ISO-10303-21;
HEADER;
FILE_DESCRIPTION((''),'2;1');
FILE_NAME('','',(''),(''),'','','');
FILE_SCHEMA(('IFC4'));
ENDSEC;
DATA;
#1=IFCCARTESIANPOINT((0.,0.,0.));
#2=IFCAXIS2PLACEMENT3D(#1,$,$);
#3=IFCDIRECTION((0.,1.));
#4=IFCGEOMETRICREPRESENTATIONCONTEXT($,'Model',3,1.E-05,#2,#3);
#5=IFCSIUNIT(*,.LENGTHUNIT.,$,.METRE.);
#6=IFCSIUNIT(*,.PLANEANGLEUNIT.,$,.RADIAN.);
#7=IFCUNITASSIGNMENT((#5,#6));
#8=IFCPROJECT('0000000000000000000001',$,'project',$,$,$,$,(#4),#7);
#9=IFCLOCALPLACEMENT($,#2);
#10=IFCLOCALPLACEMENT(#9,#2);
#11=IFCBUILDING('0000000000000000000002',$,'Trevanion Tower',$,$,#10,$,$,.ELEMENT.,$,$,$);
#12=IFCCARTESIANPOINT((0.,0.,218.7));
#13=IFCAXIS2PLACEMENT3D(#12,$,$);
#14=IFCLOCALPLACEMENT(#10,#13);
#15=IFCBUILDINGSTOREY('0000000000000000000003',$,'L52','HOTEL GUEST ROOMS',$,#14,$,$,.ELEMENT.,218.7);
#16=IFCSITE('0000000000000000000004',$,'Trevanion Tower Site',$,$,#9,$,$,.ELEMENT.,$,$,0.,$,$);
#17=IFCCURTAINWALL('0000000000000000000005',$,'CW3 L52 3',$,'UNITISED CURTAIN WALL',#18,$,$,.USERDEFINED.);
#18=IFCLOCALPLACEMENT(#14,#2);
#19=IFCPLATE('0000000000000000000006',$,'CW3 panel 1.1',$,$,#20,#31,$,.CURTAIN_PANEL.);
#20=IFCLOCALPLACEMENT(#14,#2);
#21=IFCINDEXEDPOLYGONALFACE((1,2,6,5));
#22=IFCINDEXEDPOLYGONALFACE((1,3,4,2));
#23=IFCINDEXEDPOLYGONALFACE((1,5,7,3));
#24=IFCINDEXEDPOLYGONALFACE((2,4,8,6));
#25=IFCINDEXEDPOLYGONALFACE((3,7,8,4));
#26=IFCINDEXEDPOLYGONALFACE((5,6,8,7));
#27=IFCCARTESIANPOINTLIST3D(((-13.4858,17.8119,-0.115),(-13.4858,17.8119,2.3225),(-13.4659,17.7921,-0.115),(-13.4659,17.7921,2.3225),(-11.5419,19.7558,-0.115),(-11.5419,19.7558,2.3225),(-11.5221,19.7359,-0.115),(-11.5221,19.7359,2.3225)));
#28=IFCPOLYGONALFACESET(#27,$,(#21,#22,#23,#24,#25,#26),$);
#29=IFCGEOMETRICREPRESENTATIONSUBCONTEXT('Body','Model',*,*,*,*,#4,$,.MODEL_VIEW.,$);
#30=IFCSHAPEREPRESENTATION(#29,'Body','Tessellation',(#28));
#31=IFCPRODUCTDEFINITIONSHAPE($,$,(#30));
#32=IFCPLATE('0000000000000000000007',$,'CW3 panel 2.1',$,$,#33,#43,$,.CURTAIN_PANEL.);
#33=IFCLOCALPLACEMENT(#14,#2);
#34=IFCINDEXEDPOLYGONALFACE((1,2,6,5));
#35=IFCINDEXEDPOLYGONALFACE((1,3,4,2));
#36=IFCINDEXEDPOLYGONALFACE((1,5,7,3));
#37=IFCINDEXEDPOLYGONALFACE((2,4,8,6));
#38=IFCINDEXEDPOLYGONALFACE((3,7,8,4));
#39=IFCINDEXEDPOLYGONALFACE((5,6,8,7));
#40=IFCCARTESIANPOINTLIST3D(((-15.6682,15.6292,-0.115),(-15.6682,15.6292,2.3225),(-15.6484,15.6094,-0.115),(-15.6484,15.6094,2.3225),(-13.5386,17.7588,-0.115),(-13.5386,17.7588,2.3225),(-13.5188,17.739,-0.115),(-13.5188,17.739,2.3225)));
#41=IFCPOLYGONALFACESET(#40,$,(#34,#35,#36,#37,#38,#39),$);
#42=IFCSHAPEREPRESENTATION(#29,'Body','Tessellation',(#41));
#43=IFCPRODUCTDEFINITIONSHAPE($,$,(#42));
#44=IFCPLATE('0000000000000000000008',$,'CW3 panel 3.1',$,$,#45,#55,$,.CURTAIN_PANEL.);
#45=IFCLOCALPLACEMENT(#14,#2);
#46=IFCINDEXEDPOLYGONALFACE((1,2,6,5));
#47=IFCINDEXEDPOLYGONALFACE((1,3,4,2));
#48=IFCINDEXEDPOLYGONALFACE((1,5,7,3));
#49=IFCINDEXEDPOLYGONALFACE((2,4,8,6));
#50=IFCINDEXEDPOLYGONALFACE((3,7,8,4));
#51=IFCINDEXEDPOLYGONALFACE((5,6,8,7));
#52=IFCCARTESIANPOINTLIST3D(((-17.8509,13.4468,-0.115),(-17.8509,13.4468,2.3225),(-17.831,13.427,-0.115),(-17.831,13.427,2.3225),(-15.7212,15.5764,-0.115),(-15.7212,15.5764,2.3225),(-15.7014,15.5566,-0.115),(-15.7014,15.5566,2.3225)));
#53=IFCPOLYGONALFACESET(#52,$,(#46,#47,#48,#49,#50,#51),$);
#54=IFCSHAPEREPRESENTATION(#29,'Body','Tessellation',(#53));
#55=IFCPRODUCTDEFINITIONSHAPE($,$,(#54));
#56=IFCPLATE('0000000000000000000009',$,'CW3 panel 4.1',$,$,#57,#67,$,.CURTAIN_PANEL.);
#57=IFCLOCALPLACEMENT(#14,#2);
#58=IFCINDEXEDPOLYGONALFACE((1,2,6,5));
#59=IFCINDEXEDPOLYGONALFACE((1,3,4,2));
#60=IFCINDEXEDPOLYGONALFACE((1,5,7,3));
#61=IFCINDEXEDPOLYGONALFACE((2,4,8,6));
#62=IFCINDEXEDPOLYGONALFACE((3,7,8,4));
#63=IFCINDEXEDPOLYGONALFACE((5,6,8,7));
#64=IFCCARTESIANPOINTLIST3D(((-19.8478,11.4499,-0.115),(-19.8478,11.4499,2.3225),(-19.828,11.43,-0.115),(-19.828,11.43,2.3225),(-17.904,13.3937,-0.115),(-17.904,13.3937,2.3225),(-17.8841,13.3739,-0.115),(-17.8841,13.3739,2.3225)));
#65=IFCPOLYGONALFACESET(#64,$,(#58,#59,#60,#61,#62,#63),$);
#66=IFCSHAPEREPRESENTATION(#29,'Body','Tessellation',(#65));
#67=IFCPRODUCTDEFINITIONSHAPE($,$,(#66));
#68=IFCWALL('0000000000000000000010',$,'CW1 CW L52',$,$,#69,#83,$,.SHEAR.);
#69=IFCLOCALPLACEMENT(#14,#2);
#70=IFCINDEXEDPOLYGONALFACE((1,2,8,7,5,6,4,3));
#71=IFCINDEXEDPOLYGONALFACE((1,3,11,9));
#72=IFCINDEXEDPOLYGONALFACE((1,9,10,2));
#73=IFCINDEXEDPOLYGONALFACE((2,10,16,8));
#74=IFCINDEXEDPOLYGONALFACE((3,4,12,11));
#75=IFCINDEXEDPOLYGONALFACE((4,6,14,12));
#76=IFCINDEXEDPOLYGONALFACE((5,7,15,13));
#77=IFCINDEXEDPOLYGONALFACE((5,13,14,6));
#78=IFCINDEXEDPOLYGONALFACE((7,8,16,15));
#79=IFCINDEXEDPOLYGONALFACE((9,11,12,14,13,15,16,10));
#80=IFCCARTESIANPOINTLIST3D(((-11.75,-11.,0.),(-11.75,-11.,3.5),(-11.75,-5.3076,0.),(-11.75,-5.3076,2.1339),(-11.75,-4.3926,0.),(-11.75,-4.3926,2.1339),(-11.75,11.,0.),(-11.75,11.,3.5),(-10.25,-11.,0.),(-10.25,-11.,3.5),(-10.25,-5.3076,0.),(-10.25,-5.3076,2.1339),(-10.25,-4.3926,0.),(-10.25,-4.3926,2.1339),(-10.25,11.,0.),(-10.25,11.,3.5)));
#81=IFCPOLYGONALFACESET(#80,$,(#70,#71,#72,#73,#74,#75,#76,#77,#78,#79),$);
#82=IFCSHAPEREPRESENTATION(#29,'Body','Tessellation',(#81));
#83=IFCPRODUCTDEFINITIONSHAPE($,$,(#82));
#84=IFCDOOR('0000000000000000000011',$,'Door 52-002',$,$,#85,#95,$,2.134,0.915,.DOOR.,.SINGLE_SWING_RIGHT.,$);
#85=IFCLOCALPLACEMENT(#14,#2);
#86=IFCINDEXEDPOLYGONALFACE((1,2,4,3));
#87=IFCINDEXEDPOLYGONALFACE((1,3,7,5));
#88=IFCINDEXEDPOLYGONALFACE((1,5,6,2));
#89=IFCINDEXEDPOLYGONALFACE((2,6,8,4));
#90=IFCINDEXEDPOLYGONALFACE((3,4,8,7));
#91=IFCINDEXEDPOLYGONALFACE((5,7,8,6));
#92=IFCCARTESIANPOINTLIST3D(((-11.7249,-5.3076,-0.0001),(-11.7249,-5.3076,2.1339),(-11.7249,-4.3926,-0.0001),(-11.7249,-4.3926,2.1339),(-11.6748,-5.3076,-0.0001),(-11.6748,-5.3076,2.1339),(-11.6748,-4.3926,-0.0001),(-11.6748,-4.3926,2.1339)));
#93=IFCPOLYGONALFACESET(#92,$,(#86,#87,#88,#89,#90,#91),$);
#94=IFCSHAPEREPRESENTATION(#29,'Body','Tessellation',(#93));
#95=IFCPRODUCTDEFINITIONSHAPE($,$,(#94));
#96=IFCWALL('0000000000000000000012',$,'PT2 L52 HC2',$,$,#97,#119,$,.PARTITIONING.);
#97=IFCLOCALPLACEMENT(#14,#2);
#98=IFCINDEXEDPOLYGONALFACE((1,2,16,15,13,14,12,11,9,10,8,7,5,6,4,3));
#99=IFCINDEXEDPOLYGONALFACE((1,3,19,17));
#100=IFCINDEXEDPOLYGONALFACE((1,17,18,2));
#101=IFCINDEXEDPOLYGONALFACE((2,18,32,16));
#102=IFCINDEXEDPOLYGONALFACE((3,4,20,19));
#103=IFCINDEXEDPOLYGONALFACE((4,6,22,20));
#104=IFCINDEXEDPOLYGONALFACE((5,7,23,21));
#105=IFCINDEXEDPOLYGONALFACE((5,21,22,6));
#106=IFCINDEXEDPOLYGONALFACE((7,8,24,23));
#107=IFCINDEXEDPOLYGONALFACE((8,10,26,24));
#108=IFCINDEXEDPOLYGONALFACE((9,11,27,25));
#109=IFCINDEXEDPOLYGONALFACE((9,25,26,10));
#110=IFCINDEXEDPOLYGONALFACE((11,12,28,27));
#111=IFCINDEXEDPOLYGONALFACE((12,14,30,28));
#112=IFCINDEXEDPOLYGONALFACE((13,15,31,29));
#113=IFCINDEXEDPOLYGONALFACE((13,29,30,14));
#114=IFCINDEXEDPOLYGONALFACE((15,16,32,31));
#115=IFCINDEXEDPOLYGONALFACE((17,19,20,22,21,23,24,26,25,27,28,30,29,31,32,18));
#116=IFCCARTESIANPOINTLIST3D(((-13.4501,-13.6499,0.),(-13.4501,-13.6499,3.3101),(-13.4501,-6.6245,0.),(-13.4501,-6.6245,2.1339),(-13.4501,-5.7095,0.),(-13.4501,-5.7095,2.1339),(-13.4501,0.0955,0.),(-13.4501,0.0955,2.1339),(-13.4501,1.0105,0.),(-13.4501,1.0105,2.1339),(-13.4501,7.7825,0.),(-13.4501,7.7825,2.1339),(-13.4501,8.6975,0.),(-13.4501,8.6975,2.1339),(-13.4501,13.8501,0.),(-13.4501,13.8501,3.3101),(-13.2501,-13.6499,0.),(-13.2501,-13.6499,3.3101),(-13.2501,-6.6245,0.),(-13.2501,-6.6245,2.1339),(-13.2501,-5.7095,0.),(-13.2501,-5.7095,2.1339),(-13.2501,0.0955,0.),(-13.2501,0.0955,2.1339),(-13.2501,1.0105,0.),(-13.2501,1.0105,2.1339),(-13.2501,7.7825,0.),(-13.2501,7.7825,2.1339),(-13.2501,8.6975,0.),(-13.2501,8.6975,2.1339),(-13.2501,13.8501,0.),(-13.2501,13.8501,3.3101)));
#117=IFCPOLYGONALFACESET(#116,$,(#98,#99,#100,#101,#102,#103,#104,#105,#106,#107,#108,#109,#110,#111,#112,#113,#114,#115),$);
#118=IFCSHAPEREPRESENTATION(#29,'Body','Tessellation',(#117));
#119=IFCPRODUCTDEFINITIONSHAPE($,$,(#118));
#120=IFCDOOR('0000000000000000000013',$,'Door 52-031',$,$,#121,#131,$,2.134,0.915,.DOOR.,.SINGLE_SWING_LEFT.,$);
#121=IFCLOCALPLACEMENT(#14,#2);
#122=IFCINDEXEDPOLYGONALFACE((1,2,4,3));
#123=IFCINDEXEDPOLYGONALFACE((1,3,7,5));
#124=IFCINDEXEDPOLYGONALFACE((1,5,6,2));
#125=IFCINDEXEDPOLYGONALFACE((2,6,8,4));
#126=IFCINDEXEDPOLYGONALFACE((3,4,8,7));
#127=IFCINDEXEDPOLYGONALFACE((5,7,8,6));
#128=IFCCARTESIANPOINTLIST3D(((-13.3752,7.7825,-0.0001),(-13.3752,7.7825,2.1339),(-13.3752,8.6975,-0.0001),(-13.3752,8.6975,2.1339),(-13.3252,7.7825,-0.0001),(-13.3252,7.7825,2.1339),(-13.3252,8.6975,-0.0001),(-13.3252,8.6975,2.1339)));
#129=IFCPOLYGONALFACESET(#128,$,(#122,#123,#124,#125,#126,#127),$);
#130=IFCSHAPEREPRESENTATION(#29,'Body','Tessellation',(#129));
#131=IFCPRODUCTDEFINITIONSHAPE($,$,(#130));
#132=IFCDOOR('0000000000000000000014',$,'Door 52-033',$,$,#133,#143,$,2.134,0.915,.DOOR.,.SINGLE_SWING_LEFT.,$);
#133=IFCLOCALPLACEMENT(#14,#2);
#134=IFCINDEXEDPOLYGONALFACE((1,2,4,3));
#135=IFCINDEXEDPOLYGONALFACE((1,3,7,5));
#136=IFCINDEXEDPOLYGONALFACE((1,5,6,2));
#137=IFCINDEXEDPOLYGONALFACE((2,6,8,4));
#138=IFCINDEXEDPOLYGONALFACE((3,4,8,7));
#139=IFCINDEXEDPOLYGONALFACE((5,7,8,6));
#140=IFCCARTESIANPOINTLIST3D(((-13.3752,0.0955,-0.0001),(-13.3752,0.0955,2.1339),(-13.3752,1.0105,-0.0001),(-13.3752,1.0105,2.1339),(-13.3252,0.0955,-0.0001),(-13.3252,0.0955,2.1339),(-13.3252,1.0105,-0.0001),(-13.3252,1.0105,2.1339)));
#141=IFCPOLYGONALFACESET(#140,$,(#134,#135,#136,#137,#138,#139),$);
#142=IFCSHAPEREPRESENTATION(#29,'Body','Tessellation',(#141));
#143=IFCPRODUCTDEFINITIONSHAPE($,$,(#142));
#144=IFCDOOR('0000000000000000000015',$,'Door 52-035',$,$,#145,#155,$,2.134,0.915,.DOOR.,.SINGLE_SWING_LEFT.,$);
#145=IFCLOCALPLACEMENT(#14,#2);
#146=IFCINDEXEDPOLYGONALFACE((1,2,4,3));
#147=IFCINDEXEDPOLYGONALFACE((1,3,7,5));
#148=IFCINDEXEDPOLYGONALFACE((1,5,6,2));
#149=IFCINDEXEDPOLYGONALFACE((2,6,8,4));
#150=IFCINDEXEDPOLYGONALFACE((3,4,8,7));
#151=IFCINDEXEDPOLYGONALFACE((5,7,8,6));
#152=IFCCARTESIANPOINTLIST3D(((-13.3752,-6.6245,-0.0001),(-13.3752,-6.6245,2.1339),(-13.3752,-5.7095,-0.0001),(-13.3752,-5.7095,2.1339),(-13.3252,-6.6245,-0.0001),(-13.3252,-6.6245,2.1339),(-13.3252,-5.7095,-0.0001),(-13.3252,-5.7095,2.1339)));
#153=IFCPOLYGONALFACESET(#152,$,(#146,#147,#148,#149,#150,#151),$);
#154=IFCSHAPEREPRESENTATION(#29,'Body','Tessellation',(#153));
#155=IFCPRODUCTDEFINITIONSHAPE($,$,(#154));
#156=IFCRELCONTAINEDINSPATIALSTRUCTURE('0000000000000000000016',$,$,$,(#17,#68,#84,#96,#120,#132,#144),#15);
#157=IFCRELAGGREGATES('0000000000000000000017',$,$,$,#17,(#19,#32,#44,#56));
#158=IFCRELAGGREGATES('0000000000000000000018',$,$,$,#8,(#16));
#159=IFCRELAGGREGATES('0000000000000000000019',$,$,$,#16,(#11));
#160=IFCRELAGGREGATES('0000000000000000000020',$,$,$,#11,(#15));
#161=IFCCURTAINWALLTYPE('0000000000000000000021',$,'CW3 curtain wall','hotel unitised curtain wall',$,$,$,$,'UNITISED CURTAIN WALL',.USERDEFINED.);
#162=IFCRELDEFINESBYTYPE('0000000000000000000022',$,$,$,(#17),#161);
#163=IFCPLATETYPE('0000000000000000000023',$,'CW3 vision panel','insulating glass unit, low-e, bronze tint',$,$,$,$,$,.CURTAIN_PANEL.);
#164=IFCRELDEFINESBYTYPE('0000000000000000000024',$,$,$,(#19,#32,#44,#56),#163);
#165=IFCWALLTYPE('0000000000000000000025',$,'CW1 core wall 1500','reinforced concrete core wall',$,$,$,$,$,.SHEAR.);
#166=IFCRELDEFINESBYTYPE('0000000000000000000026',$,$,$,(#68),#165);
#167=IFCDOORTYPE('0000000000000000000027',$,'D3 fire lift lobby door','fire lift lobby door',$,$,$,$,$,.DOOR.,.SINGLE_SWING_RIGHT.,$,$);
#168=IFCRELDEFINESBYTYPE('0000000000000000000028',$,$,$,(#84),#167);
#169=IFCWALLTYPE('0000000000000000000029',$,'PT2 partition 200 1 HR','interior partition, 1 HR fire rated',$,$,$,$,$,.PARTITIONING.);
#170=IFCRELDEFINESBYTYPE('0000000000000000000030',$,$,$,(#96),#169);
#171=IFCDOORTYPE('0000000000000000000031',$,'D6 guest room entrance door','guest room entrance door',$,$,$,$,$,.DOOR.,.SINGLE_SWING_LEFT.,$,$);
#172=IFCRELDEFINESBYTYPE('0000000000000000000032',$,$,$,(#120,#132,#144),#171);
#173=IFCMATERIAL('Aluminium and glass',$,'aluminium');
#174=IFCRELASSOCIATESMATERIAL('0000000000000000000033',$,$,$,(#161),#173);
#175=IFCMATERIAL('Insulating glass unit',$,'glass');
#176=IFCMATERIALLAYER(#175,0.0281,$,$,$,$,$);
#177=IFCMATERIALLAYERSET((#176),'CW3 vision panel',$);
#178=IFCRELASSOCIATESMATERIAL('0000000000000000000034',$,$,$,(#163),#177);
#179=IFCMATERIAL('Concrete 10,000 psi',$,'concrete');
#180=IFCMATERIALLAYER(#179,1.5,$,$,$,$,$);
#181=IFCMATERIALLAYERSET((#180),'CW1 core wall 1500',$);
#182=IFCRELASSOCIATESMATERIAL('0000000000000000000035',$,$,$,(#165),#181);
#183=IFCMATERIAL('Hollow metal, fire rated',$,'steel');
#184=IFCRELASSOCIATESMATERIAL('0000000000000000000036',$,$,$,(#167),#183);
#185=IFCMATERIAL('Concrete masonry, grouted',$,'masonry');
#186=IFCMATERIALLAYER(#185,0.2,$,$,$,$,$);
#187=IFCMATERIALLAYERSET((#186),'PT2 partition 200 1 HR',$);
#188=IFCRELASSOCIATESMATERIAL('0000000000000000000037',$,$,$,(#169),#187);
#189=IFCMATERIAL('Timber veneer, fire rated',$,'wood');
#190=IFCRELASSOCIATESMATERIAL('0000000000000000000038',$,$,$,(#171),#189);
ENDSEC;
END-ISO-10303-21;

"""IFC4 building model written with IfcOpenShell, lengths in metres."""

from ifc_helpers import new_model, si_unit, direction, frame, frame_2d, origin, origin_2d, place, context, subcontext, project, spatial, rectangle, extrude, material, layer, layer_set, type_object, element, fill, aggregate, save


model = new_model("IFC4")

# Units and contexts
model_context = context("Model", 3, precision=1e-05, world=origin(), true_north=direction((0.0, 1.0)))
body_context = subcontext(model_context, "Body", "Model", "MODEL_VIEW")
ifc_project = project(units=[si_unit("LENGTHUNIT", "METRE"), si_unit("PLANEANGLEUNIT", "RADIAN")], contexts=[model_context])

# Site, building, storey
site_placement = place(None, origin())
site = spatial("IfcSite", under=ifc_project, at=site_placement, Name="Trevanion Tower Site", CompositionType="ELEMENT", RefElevation=0.0)
building_placement = place(site_placement, origin())
building = spatial("IfcBuilding", under=site, at=building_placement, Name="Trevanion Tower", CompositionType="ELEMENT")
storey_placement = place(building_placement, frame((0.0, 0.0, 218.7)))
storey = spatial("IfcBuildingStorey", under=building, at=storey_placement, Name="L52", Description="HOTEL GUEST ROOMS", CompositionType="ELEMENT", Elevation=218.7)

# Curtain wall
ifc_material_1 = material(Name="Aluminium and glass", Category="aluminium")
curtain_wall_type = type_object("IfcCurtainWallType", Name="CW3 curtain wall", Description="hotel unitised curtain wall", ElementType="UNITISED CURTAIN WALL", PredefinedType="USERDEFINED", material=ifc_material_1)
curtain_wall_1_placement = place(storey_placement, origin())
curtain_wall_1 = element("IfcCurtainWall", 1, at=curtain_wall_1_placement, inside=storey, type_object=curtain_wall_type, Name="CW3 L52 3", ObjectType="UNITISED CURTAIN WALL", PredefinedType="USERDEFINED")

# Plates
ifc_material_2 = material(Name="Insulating glass unit", Category="glass")
ifc_layer_1 = layer(ifc_material_2, 0.0281)
ifc_layer_set_1 = layer_set([ifc_layer_1], Name="CW3 vision panel")
plate_type_1 = type_object("IfcPlateType", Name="CW3 vision panel", Description="insulating glass unit, low-e, bronze tint", PredefinedType="CURTAIN_PANEL", material=ifc_layer_set_1)
plate_1_placement = place(storey_placement, frame((-12.5039, 18.7739, -0.115), z_axis=(0.0, 0.0, 1.0), x_axis=(-0.707107, -0.707107, 0.0)))
plate_1 = element("IfcPlate", 2, at=plate_1_placement, type_object=plate_type_1, Name="CW3 panel 1.1", PredefinedType="CURTAIN_PANEL", context=body_context, shape_type="SweptSolid", body=[
    extrude(rectangle(XDim=2.749, YDim=0.0281, at=origin_2d()), origin(), (0.0, 0.0, 1.0), 2.4375),
])
plate_2_placement = place(storey_placement, frame((-14.5935, 16.6841, -0.115), z_axis=(0.0, 0.0, 1.0), x_axis=(-0.707107, -0.707107, 0.0)))
plate_2 = element("IfcPlate", 3, at=plate_2_placement, type_object=plate_type_1, Name="CW3 panel 2.1", PredefinedType="CURTAIN_PANEL", context=body_context, shape_type="SweptSolid", body=[
    extrude(rectangle(XDim=3.0117, YDim=0.0281, at=origin_2d()), origin(), (0.0, 0.0, 1.0), 2.4375),
])
plate_3_placement = place(storey_placement, frame((-16.7761, 14.5017, -0.115), z_axis=(0.0, 0.0, 1.0), x_axis=(-0.707107, -0.707107, 0.0)))
plate_3 = element("IfcPlate", 4, at=plate_3_placement, type_object=plate_type_1, Name="CW3 panel 3.1", PredefinedType="CURTAIN_PANEL", context=body_context, shape_type="SweptSolid", body=[
    extrude(rectangle(XDim=3.0117, YDim=0.0281, at=origin_2d()), origin(), (0.0, 0.0, 1.0), 2.4375),
])
plate_4_placement = place(storey_placement, frame((-18.866, 12.4119, -0.115), z_axis=(0.0, 0.0, 1.0), x_axis=(-0.707107, -0.707107, 0.0)))
plate_4 = element("IfcPlate", 5, at=plate_4_placement, type_object=plate_type_1, Name="CW3 panel 4.1", PredefinedType="CURTAIN_PANEL", context=body_context, shape_type="SweptSolid", body=[
    extrude(rectangle(XDim=2.749, YDim=0.0281, at=origin_2d()), origin(), (0.0, 0.0, 1.0), 2.4375),
])
aggregate(curtain_wall_1, [plate_1, plate_2, plate_3, plate_4])

# Wall, opening, door
ifc_material_3 = material(Name="Concrete 10,000 psi", Category="concrete")
ifc_layer_2 = layer(ifc_material_3, 1.5)
ifc_layer_set_2 = layer_set([ifc_layer_2], Name="CW1 core wall 1500")
wall_type_1 = type_object("IfcWallType", Name="CW1 core wall 1500", Description="reinforced concrete core wall", PredefinedType="SHEAR", material=ifc_layer_set_2)
wall_1_placement = place(storey_placement, frame((-11.0, 11.0, 0.0), z_axis=(0.0, 0.0, 1.0), x_axis=(0.0, -1.0, 0.0)))
wall_1 = element("IfcWall", 6, at=wall_1_placement, inside=storey, type_object=wall_type_1, Name="CW1 CW L52", PredefinedType="SHEAR", context=body_context, shape_type="SweptSolid", body=[
    extrude(rectangle(XDim=22.0, YDim=1.5, at=frame_2d((11.0, 0.0))), origin(), (0.0, 0.0, 1.0), 3.5),
])
opening_1_placement = place(wall_1_placement, frame((15.3926, 0.0, 0.0)))
opening_1 = element("IfcOpeningElement", 7, at=opening_1_placement, cuts=wall_1, PredefinedType="OPENING", context=body_context, shape_type="SweptSolid", body=[
    extrude(rectangle(XDim=0.915, YDim=2.134, at=frame_2d((0.4575, 1.0669))), frame((0.0, 0.76, 0.0), z_axis=(0.0, -1.0, 0.0), x_axis=(1.0, 0.0, 0.0)), (0.0, 0.0, 1.0), 1.52),
])
ifc_material_4 = material(Name="Hollow metal, fire rated", Category="steel")
door_type_1 = type_object("IfcDoorType", Name="D3 fire lift lobby door", Description="fire lift lobby door", OperationType="SINGLE_SWING_RIGHT", PredefinedType="DOOR", material=ifc_material_4)
door_1_placement = place(opening_1_placement, origin())
door_1 = element("IfcDoor", 8, at=door_1_placement, inside=storey, type_object=door_type_1, Name="Door 52-002", OperationType="SINGLE_SWING_RIGHT", OverallHeight=2.134, OverallWidth=0.915, PredefinedType="DOOR", context=body_context, shape_type="SweptSolid", body=[
    extrude(rectangle(XDim=0.915, YDim=2.134, at=frame_2d((0.4575, 1.0669))), frame((0.0, -0.6748, 0.0), z_axis=(0.0, -1.0, 0.0), x_axis=(1.0, 0.0, 0.0)), (0.0, 0.0, 1.0), 0.05),
])
fill(opening_1, door_1)

# Wall, openings, doors
ifc_material_5 = material(Name="Concrete masonry, grouted", Category="masonry")
ifc_layer_3 = layer(ifc_material_5, 0.2)
ifc_layer_set_3 = layer_set([ifc_layer_3], Name="PT2 partition 200 1 HR")
wall_type_2 = type_object("IfcWallType", Name="PT2 partition 200 1 HR", Description="interior partition, 1 HR fire rated", PredefinedType="PARTITIONING", material=ifc_layer_set_3)
wall_2_placement = place(storey_placement, frame((-13.3501, 13.8501, 0.0), z_axis=(0.0, 0.0, 1.0), x_axis=(0.0, -1.0, 0.0)))
wall_2 = element("IfcWall", 9, at=wall_2_placement, inside=storey, type_object=wall_type_2, Name="PT2 L52 HC2", PredefinedType="PARTITIONING", context=body_context, shape_type="SweptSolid", body=[
    extrude(rectangle(XDim=27.5, YDim=0.2, at=frame_2d((13.75, 0.0))), origin(), (0.0, 0.0, 1.0), 3.3101),
])
opening_2_placement = place(wall_2_placement, frame((5.1526, 0.0, 0.0)))
opening_2 = element("IfcOpeningElement", 10, at=opening_2_placement, cuts=wall_2, PredefinedType="OPENING", context=body_context, shape_type="SweptSolid", body=[
    extrude(rectangle(XDim=0.915, YDim=2.134, at=frame_2d((0.4575, 1.0669))), frame((0.0, 0.1099, 0.0), z_axis=(0.0, -1.0, 0.0), x_axis=(1.0, 0.0, 0.0)), (0.0, 0.0, 1.0), 0.22),
])
opening_3_placement = place(wall_2_placement, frame((12.8396, 0.0, 0.0)))
opening_3 = element("IfcOpeningElement", 11, at=opening_3_placement, cuts=wall_2, PredefinedType="OPENING", context=body_context, shape_type="SweptSolid", body=[
    extrude(rectangle(XDim=0.915, YDim=2.134, at=frame_2d((0.4575, 1.0669))), frame((0.0, 0.1099, 0.0), z_axis=(0.0, -1.0, 0.0), x_axis=(1.0, 0.0, 0.0)), (0.0, 0.0, 1.0), 0.22),
])
opening_4_placement = place(wall_2_placement, frame((19.5596, 0.0, 0.0)))
opening_4 = element("IfcOpeningElement", 12, at=opening_4_placement, cuts=wall_2, PredefinedType="OPENING", context=body_context, shape_type="SweptSolid", body=[
    extrude(rectangle(XDim=0.915, YDim=2.134, at=frame_2d((0.4575, 1.0669))), frame((0.0, 0.1099, 0.0), z_axis=(0.0, -1.0, 0.0), x_axis=(1.0, 0.0, 0.0)), (0.0, 0.0, 1.0), 0.22),
])
ifc_material_6 = material(Name="Timber veneer, fire rated", Category="wood")
door_type_2 = type_object("IfcDoorType", Name="D6 guest room entrance door", Description="guest room entrance door", OperationType="SINGLE_SWING_LEFT", PredefinedType="DOOR", material=ifc_material_6)
door_2_placement = place(opening_2_placement, origin())
door_2 = element("IfcDoor", 13, at=door_2_placement, inside=storey, type_object=door_type_2, Name="Door 52-031", OperationType="SINGLE_SWING_LEFT", OverallHeight=2.134, OverallWidth=0.915, PredefinedType="DOOR", context=body_context, shape_type="SweptSolid", body=[
    extrude(rectangle(XDim=0.915, YDim=2.134, at=frame_2d((0.4575, 1.0669))), frame((0.0, 0.0249, 0.0), z_axis=(0.0, -1.0, 0.0), x_axis=(1.0, 0.0, 0.0)), (0.0, 0.0, 1.0), 0.05),
])
fill(opening_2, door_2)
door_3_placement = place(opening_3_placement, origin())
door_3 = element("IfcDoor", 14, at=door_3_placement, inside=storey, type_object=door_type_2, Name="Door 52-033", OperationType="SINGLE_SWING_LEFT", OverallHeight=2.134, OverallWidth=0.915, PredefinedType="DOOR", context=body_context, shape_type="SweptSolid", body=[
    extrude(rectangle(XDim=0.915, YDim=2.134, at=frame_2d((0.4575, 1.0669))), frame((0.0, 0.0249, 0.0), z_axis=(0.0, -1.0, 0.0), x_axis=(1.0, 0.0, 0.0)), (0.0, 0.0, 1.0), 0.05),
])
fill(opening_3, door_3)
door_4_placement = place(opening_4_placement, origin())
door_4 = element("IfcDoor", 15, at=door_4_placement, inside=storey, type_object=door_type_2, Name="Door 52-035", OperationType="SINGLE_SWING_LEFT", OverallHeight=2.134, OverallWidth=0.915, PredefinedType="DOOR", context=body_context, shape_type="SweptSolid", body=[
    extrude(rectangle(XDim=0.915, YDim=2.134, at=frame_2d((0.4575, 1.0669))), frame((0.0, 0.0249, 0.0), z_axis=(0.0, -1.0, 0.0), x_axis=(1.0, 0.0, 0.0)), (0.0, 0.0, 1.0), 0.05),
])
fill(opening_4, door_4)

save(model, "model.ifc")
